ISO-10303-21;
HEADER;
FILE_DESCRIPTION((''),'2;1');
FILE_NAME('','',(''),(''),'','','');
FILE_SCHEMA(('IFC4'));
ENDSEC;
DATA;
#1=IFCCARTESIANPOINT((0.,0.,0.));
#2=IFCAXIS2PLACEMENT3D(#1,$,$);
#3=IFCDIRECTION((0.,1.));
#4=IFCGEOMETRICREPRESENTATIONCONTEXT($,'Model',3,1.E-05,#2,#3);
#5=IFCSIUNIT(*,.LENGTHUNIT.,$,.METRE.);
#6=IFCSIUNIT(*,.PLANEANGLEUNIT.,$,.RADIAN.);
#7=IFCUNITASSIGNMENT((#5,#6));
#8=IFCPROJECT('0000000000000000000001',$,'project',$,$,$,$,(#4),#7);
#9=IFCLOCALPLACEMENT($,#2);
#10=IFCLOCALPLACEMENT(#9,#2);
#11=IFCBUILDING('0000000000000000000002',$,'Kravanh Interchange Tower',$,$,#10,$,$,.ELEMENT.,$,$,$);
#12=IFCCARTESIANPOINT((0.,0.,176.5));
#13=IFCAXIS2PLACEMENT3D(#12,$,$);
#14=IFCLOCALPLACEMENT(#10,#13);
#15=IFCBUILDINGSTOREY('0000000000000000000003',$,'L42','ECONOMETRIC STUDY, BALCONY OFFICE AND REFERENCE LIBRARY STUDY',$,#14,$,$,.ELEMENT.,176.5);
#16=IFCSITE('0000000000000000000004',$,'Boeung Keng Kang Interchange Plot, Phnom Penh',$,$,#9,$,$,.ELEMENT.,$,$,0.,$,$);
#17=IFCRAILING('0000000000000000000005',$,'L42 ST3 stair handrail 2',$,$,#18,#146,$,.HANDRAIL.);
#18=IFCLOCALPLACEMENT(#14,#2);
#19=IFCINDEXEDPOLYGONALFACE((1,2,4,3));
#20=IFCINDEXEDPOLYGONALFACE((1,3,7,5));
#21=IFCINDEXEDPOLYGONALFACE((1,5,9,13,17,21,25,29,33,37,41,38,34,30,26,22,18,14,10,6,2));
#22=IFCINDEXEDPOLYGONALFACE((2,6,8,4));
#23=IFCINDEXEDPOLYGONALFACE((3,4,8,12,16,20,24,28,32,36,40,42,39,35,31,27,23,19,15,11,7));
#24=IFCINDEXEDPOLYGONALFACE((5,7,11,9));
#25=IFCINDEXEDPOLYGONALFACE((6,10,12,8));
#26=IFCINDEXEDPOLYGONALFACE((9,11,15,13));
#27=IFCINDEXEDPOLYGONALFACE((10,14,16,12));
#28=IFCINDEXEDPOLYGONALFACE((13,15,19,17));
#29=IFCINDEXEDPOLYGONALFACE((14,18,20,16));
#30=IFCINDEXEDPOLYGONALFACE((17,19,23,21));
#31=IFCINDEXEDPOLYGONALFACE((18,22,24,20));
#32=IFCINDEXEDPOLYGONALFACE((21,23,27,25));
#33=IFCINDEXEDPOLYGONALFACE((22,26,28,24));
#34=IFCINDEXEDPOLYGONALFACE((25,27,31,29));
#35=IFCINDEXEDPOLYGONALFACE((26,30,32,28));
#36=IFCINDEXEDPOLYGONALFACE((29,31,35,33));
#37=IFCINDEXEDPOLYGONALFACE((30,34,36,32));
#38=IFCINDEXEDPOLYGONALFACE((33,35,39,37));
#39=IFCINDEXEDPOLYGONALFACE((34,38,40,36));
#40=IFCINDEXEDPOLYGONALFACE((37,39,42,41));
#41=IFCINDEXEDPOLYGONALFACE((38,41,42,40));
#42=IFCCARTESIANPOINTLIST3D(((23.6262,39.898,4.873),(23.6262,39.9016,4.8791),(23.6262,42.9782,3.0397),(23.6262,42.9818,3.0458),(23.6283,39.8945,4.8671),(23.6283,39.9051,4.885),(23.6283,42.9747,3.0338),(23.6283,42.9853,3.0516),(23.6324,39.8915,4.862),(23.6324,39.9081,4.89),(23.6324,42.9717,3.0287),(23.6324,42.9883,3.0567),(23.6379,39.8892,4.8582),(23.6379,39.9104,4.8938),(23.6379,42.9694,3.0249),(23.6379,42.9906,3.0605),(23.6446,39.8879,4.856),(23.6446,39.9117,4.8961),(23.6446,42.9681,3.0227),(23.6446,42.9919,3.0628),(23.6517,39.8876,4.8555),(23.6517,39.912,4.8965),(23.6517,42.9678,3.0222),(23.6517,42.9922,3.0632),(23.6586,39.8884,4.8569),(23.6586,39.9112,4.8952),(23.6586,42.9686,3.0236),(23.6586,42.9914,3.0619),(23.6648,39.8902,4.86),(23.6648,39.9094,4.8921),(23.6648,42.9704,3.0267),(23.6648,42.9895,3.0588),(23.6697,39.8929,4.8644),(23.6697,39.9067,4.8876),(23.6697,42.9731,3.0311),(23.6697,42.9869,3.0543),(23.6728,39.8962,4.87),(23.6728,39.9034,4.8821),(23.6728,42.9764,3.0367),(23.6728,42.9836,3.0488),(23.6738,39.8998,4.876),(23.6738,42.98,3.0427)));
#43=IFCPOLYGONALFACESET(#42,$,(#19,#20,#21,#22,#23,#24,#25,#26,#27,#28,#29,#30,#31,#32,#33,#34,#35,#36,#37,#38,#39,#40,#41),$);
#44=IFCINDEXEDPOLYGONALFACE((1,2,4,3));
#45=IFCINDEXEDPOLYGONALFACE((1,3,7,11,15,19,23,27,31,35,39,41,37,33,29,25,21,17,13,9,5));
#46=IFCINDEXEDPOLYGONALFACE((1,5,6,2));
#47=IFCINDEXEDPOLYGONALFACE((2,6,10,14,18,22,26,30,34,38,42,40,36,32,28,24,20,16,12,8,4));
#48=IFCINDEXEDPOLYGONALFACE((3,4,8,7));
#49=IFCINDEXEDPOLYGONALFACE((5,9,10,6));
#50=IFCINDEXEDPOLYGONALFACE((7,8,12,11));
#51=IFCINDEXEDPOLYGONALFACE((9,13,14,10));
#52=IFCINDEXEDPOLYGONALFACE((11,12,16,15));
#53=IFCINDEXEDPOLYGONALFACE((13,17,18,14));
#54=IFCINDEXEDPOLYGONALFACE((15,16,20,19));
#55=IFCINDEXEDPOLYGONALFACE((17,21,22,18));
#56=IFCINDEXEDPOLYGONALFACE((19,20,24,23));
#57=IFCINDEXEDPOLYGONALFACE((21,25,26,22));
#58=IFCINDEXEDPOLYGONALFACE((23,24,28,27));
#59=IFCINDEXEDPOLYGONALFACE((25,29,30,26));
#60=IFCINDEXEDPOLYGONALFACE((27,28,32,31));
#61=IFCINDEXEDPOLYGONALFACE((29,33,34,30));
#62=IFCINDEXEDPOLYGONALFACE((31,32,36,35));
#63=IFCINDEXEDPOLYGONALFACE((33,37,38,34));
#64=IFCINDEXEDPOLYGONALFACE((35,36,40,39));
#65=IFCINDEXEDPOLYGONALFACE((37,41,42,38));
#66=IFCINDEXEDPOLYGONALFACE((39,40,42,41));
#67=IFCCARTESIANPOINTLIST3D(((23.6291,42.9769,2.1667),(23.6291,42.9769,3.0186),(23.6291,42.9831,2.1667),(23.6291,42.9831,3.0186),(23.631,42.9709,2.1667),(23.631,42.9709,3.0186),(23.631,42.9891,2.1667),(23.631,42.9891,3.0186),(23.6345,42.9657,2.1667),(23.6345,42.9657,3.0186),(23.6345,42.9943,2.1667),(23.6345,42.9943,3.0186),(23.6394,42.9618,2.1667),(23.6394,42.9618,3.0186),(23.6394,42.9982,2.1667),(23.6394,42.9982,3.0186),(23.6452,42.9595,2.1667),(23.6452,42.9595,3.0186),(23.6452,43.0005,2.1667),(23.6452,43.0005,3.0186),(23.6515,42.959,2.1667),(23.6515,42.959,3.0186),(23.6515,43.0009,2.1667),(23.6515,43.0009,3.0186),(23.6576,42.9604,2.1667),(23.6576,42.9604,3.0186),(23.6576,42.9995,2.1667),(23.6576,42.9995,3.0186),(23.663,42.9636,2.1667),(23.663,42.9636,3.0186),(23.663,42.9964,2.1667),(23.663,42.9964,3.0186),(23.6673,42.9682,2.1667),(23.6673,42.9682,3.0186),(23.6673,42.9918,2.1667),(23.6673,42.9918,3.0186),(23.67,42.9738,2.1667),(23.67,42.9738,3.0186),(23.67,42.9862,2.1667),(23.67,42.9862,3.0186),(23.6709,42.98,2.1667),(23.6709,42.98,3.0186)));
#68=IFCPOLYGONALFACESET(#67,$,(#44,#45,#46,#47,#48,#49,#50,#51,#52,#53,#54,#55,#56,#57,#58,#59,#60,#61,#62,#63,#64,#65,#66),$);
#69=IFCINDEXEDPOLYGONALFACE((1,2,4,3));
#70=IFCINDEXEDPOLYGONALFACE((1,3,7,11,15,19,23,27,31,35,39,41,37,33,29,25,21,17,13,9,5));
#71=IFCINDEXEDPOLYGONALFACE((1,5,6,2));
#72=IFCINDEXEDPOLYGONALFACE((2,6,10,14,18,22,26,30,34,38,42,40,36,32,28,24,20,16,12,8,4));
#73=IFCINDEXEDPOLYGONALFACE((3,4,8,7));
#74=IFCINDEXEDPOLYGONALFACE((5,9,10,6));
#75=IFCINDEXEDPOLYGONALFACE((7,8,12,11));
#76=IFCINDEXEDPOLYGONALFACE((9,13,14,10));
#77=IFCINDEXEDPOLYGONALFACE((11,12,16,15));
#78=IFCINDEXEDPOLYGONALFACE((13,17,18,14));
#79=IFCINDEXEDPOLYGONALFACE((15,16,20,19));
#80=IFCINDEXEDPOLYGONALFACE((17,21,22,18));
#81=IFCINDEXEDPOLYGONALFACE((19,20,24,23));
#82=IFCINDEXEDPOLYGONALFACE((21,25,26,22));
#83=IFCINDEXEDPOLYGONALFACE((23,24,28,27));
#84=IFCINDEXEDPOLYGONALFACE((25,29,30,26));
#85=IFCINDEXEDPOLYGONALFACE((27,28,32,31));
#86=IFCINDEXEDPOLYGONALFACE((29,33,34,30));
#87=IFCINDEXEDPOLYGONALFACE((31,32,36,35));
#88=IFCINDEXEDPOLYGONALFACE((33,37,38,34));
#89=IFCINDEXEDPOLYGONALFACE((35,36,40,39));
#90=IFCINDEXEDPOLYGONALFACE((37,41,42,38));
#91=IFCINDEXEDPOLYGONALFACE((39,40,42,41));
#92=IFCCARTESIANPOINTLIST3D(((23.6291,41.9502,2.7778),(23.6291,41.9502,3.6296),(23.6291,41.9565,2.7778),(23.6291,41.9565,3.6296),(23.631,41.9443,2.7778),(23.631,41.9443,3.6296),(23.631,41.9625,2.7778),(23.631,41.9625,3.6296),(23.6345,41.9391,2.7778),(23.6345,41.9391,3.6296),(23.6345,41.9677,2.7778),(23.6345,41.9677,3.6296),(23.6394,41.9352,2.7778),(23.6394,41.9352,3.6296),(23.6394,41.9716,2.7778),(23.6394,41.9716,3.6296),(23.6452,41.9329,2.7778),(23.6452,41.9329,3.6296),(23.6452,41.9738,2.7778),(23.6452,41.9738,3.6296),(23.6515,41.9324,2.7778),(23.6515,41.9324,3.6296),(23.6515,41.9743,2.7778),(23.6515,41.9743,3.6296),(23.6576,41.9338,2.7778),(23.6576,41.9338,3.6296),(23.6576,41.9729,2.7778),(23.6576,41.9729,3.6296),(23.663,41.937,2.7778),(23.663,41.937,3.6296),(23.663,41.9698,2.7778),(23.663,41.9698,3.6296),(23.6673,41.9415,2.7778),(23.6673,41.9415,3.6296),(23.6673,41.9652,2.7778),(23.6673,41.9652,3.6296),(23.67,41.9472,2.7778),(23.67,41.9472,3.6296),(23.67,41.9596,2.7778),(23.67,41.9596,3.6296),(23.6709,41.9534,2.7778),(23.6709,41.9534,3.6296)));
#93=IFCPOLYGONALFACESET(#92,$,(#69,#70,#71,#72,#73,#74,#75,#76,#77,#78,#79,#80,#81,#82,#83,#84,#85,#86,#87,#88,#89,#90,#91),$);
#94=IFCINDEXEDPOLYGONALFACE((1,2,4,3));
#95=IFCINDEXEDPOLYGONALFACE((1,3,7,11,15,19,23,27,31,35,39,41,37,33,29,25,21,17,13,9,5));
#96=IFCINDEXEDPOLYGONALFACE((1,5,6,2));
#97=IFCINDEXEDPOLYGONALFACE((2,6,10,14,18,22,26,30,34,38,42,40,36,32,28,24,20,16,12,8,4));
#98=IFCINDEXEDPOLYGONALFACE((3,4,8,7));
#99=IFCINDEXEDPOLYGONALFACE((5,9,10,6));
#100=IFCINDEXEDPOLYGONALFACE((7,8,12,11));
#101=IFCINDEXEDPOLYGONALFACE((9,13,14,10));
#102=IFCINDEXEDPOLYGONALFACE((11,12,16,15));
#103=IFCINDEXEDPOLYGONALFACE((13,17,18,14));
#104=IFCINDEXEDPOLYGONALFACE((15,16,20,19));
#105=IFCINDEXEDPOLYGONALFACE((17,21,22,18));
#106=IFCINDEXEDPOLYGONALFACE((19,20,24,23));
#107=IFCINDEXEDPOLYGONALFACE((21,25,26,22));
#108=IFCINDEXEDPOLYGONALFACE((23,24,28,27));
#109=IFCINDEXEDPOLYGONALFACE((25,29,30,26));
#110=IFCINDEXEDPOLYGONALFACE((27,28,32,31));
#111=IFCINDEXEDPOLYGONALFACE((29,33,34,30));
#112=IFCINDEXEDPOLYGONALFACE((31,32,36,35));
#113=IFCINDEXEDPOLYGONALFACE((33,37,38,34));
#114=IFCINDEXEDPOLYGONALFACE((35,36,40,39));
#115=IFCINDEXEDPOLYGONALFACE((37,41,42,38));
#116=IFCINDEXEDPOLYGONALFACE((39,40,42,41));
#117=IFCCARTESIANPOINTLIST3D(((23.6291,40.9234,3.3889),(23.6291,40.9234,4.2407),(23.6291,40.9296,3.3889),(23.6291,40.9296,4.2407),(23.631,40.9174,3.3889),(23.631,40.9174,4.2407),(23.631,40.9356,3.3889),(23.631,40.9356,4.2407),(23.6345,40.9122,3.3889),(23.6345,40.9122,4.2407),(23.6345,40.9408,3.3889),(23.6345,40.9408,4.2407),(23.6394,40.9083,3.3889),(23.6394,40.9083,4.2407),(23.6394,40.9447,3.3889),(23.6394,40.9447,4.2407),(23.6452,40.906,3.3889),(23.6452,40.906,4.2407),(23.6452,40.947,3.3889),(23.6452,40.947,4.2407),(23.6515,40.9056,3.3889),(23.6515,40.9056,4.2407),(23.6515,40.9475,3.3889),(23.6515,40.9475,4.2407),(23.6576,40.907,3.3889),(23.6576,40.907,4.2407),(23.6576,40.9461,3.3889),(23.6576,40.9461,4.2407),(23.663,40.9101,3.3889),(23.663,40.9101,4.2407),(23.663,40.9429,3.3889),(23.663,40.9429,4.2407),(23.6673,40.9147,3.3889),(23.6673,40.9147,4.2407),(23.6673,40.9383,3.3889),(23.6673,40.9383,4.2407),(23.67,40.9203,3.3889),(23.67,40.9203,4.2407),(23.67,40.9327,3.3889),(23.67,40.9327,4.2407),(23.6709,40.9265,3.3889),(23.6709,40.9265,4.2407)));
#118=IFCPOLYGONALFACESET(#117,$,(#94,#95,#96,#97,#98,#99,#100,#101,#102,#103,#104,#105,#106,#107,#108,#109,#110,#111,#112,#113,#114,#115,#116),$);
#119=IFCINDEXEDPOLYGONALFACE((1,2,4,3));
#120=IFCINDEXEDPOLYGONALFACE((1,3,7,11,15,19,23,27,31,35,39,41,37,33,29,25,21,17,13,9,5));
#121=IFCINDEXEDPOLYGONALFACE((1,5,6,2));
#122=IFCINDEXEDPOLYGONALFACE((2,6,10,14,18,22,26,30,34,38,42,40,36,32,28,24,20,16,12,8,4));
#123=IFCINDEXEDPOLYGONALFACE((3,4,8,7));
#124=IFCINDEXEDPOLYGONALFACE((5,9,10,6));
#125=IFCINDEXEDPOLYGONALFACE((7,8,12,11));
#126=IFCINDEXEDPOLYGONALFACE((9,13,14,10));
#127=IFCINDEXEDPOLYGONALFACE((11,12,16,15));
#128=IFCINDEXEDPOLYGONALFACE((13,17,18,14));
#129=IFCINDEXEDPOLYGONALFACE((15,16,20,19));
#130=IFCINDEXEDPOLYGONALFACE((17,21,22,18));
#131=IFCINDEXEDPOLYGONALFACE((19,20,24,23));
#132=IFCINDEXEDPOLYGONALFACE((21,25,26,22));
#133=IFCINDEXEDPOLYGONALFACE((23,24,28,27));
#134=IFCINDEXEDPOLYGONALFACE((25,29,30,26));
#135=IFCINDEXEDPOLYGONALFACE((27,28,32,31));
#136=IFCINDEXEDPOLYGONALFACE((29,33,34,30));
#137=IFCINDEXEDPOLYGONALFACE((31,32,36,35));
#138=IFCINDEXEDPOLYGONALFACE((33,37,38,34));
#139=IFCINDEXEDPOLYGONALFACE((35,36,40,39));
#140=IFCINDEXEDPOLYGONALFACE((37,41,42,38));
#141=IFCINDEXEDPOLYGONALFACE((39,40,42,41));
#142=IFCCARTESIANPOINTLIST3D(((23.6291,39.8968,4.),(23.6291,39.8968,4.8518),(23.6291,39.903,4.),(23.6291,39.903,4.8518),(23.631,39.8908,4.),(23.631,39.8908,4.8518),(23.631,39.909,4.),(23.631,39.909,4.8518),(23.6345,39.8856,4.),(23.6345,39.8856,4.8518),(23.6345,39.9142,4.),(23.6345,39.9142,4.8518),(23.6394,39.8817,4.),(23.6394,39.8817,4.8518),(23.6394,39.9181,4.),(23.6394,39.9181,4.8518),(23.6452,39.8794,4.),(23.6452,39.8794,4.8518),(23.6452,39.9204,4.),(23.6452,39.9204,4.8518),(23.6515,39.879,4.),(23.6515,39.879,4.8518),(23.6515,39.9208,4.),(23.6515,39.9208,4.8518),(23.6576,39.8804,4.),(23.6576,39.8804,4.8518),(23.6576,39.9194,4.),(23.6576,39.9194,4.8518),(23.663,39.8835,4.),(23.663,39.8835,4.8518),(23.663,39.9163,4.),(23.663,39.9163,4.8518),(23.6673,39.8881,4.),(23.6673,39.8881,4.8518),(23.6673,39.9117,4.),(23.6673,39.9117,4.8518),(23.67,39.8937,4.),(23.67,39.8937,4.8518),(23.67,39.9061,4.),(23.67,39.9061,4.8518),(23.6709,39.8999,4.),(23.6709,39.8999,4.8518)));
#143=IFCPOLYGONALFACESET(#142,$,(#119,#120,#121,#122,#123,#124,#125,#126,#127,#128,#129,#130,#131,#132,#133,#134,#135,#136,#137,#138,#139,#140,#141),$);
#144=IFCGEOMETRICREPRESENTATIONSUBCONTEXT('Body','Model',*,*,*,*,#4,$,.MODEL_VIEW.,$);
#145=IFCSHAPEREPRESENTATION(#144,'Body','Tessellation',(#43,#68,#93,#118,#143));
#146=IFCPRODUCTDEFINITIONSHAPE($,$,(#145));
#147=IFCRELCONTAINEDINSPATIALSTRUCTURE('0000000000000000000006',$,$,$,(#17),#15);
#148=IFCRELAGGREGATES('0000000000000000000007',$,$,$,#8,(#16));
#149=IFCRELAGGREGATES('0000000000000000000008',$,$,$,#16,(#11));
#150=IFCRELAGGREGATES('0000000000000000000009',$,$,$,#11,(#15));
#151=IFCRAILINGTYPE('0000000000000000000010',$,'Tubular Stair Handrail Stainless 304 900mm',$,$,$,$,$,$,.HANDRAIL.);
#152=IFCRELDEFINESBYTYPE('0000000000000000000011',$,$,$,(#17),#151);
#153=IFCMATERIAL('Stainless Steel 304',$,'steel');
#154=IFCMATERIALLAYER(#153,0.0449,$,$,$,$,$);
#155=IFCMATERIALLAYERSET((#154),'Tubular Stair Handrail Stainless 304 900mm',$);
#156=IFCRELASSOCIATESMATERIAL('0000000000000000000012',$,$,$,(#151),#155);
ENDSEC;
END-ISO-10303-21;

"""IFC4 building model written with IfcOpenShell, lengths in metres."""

from ifc_helpers import new_model, si_unit, direction, frame, origin, origin_2d, place, context, subcontext, project, spatial, circle, extrude, material, layer, layer_set, type_object, element, save


model = new_model("IFC4")

# Units and contexts
model_context = context("Model", 3, precision=1e-05, world=origin(), true_north=direction((0.0, 1.0)))
body_context = subcontext(model_context, "Body", "Model", "MODEL_VIEW")
ifc_project = project(units=[si_unit("LENGTHUNIT", "METRE"), si_unit("PLANEANGLEUNIT", "RADIAN")], contexts=[model_context])

# Site, building, storey
site_placement = place(None, origin())
site = spatial("IfcSite", under=ifc_project, at=site_placement, Name="Boeung Keng Kang Interchange Plot, Phnom Penh", CompositionType="ELEMENT", RefElevation=0.0)
building_placement = place(site_placement, origin())
building = spatial("IfcBuilding", under=site, at=building_placement, Name="Kravanh Interchange Tower", CompositionType="ELEMENT")
storey_placement = place(building_placement, frame((0.0, 0.0, 176.5)))
storey = spatial("IfcBuildingStorey", under=building, at=storey_placement, Name="L42", Description="ECONOMETRIC STUDY, BALCONY OFFICE AND REFERENCE LIBRARY STUDY", CompositionType="ELEMENT", Elevation=176.5)

# Railing
ifc_material_1 = material(Name="Stainless Steel 304", Category="steel")
ifc_layer_1 = layer(ifc_material_1, 0.0449)
ifc_layer_set_1 = layer_set([ifc_layer_1], Name="Tubular Stair Handrail Stainless 304 900mm")
railing_type_1 = type_object("IfcRailingType", Name="Tubular Stair Handrail Stainless 304 900mm", PredefinedType="HANDRAIL", material=ifc_layer_set_1)
railing_1_placement = place(storey_placement, frame((23.6499, 42.98, 2.1667)))
element("IfcRailing", 1, at=railing_1_placement, inside=storey, type_object=railing_type_1, Name="L42 ST3 stair handrail 2", PredefinedType="HANDRAIL", context=body_context, shape_type="SweptSolid", body=[
    extrude(circle(Radius=0.0239, at=origin_2d()), frame((0.0, 0.0, 0.876), z_axis=(0.0, -0.859309, 0.511458), x_axis=(1.0, 0.0, 0.0)), (0.0, 0.0, 1.0), 3.5845),
    extrude(circle(Radius=0.021, at=origin_2d()), origin(), (0.0, 0.0, 1.0), 0.8518),
    extrude(circle(Radius=0.021, at=origin_2d()), frame((0.0, -1.0266, 0.6111)), (0.0, 0.0, 1.0), 0.8518),
    extrude(circle(Radius=0.021, at=origin_2d()), frame((0.0, -2.0535, 1.2222)), (0.0, 0.0, 1.0), 0.8518),
    extrude(circle(Radius=0.021, at=origin_2d()), frame((0.0, -3.0801, 1.8333)), (0.0, 0.0, 1.0), 0.8518),
])

save(model, "model.ifc")
